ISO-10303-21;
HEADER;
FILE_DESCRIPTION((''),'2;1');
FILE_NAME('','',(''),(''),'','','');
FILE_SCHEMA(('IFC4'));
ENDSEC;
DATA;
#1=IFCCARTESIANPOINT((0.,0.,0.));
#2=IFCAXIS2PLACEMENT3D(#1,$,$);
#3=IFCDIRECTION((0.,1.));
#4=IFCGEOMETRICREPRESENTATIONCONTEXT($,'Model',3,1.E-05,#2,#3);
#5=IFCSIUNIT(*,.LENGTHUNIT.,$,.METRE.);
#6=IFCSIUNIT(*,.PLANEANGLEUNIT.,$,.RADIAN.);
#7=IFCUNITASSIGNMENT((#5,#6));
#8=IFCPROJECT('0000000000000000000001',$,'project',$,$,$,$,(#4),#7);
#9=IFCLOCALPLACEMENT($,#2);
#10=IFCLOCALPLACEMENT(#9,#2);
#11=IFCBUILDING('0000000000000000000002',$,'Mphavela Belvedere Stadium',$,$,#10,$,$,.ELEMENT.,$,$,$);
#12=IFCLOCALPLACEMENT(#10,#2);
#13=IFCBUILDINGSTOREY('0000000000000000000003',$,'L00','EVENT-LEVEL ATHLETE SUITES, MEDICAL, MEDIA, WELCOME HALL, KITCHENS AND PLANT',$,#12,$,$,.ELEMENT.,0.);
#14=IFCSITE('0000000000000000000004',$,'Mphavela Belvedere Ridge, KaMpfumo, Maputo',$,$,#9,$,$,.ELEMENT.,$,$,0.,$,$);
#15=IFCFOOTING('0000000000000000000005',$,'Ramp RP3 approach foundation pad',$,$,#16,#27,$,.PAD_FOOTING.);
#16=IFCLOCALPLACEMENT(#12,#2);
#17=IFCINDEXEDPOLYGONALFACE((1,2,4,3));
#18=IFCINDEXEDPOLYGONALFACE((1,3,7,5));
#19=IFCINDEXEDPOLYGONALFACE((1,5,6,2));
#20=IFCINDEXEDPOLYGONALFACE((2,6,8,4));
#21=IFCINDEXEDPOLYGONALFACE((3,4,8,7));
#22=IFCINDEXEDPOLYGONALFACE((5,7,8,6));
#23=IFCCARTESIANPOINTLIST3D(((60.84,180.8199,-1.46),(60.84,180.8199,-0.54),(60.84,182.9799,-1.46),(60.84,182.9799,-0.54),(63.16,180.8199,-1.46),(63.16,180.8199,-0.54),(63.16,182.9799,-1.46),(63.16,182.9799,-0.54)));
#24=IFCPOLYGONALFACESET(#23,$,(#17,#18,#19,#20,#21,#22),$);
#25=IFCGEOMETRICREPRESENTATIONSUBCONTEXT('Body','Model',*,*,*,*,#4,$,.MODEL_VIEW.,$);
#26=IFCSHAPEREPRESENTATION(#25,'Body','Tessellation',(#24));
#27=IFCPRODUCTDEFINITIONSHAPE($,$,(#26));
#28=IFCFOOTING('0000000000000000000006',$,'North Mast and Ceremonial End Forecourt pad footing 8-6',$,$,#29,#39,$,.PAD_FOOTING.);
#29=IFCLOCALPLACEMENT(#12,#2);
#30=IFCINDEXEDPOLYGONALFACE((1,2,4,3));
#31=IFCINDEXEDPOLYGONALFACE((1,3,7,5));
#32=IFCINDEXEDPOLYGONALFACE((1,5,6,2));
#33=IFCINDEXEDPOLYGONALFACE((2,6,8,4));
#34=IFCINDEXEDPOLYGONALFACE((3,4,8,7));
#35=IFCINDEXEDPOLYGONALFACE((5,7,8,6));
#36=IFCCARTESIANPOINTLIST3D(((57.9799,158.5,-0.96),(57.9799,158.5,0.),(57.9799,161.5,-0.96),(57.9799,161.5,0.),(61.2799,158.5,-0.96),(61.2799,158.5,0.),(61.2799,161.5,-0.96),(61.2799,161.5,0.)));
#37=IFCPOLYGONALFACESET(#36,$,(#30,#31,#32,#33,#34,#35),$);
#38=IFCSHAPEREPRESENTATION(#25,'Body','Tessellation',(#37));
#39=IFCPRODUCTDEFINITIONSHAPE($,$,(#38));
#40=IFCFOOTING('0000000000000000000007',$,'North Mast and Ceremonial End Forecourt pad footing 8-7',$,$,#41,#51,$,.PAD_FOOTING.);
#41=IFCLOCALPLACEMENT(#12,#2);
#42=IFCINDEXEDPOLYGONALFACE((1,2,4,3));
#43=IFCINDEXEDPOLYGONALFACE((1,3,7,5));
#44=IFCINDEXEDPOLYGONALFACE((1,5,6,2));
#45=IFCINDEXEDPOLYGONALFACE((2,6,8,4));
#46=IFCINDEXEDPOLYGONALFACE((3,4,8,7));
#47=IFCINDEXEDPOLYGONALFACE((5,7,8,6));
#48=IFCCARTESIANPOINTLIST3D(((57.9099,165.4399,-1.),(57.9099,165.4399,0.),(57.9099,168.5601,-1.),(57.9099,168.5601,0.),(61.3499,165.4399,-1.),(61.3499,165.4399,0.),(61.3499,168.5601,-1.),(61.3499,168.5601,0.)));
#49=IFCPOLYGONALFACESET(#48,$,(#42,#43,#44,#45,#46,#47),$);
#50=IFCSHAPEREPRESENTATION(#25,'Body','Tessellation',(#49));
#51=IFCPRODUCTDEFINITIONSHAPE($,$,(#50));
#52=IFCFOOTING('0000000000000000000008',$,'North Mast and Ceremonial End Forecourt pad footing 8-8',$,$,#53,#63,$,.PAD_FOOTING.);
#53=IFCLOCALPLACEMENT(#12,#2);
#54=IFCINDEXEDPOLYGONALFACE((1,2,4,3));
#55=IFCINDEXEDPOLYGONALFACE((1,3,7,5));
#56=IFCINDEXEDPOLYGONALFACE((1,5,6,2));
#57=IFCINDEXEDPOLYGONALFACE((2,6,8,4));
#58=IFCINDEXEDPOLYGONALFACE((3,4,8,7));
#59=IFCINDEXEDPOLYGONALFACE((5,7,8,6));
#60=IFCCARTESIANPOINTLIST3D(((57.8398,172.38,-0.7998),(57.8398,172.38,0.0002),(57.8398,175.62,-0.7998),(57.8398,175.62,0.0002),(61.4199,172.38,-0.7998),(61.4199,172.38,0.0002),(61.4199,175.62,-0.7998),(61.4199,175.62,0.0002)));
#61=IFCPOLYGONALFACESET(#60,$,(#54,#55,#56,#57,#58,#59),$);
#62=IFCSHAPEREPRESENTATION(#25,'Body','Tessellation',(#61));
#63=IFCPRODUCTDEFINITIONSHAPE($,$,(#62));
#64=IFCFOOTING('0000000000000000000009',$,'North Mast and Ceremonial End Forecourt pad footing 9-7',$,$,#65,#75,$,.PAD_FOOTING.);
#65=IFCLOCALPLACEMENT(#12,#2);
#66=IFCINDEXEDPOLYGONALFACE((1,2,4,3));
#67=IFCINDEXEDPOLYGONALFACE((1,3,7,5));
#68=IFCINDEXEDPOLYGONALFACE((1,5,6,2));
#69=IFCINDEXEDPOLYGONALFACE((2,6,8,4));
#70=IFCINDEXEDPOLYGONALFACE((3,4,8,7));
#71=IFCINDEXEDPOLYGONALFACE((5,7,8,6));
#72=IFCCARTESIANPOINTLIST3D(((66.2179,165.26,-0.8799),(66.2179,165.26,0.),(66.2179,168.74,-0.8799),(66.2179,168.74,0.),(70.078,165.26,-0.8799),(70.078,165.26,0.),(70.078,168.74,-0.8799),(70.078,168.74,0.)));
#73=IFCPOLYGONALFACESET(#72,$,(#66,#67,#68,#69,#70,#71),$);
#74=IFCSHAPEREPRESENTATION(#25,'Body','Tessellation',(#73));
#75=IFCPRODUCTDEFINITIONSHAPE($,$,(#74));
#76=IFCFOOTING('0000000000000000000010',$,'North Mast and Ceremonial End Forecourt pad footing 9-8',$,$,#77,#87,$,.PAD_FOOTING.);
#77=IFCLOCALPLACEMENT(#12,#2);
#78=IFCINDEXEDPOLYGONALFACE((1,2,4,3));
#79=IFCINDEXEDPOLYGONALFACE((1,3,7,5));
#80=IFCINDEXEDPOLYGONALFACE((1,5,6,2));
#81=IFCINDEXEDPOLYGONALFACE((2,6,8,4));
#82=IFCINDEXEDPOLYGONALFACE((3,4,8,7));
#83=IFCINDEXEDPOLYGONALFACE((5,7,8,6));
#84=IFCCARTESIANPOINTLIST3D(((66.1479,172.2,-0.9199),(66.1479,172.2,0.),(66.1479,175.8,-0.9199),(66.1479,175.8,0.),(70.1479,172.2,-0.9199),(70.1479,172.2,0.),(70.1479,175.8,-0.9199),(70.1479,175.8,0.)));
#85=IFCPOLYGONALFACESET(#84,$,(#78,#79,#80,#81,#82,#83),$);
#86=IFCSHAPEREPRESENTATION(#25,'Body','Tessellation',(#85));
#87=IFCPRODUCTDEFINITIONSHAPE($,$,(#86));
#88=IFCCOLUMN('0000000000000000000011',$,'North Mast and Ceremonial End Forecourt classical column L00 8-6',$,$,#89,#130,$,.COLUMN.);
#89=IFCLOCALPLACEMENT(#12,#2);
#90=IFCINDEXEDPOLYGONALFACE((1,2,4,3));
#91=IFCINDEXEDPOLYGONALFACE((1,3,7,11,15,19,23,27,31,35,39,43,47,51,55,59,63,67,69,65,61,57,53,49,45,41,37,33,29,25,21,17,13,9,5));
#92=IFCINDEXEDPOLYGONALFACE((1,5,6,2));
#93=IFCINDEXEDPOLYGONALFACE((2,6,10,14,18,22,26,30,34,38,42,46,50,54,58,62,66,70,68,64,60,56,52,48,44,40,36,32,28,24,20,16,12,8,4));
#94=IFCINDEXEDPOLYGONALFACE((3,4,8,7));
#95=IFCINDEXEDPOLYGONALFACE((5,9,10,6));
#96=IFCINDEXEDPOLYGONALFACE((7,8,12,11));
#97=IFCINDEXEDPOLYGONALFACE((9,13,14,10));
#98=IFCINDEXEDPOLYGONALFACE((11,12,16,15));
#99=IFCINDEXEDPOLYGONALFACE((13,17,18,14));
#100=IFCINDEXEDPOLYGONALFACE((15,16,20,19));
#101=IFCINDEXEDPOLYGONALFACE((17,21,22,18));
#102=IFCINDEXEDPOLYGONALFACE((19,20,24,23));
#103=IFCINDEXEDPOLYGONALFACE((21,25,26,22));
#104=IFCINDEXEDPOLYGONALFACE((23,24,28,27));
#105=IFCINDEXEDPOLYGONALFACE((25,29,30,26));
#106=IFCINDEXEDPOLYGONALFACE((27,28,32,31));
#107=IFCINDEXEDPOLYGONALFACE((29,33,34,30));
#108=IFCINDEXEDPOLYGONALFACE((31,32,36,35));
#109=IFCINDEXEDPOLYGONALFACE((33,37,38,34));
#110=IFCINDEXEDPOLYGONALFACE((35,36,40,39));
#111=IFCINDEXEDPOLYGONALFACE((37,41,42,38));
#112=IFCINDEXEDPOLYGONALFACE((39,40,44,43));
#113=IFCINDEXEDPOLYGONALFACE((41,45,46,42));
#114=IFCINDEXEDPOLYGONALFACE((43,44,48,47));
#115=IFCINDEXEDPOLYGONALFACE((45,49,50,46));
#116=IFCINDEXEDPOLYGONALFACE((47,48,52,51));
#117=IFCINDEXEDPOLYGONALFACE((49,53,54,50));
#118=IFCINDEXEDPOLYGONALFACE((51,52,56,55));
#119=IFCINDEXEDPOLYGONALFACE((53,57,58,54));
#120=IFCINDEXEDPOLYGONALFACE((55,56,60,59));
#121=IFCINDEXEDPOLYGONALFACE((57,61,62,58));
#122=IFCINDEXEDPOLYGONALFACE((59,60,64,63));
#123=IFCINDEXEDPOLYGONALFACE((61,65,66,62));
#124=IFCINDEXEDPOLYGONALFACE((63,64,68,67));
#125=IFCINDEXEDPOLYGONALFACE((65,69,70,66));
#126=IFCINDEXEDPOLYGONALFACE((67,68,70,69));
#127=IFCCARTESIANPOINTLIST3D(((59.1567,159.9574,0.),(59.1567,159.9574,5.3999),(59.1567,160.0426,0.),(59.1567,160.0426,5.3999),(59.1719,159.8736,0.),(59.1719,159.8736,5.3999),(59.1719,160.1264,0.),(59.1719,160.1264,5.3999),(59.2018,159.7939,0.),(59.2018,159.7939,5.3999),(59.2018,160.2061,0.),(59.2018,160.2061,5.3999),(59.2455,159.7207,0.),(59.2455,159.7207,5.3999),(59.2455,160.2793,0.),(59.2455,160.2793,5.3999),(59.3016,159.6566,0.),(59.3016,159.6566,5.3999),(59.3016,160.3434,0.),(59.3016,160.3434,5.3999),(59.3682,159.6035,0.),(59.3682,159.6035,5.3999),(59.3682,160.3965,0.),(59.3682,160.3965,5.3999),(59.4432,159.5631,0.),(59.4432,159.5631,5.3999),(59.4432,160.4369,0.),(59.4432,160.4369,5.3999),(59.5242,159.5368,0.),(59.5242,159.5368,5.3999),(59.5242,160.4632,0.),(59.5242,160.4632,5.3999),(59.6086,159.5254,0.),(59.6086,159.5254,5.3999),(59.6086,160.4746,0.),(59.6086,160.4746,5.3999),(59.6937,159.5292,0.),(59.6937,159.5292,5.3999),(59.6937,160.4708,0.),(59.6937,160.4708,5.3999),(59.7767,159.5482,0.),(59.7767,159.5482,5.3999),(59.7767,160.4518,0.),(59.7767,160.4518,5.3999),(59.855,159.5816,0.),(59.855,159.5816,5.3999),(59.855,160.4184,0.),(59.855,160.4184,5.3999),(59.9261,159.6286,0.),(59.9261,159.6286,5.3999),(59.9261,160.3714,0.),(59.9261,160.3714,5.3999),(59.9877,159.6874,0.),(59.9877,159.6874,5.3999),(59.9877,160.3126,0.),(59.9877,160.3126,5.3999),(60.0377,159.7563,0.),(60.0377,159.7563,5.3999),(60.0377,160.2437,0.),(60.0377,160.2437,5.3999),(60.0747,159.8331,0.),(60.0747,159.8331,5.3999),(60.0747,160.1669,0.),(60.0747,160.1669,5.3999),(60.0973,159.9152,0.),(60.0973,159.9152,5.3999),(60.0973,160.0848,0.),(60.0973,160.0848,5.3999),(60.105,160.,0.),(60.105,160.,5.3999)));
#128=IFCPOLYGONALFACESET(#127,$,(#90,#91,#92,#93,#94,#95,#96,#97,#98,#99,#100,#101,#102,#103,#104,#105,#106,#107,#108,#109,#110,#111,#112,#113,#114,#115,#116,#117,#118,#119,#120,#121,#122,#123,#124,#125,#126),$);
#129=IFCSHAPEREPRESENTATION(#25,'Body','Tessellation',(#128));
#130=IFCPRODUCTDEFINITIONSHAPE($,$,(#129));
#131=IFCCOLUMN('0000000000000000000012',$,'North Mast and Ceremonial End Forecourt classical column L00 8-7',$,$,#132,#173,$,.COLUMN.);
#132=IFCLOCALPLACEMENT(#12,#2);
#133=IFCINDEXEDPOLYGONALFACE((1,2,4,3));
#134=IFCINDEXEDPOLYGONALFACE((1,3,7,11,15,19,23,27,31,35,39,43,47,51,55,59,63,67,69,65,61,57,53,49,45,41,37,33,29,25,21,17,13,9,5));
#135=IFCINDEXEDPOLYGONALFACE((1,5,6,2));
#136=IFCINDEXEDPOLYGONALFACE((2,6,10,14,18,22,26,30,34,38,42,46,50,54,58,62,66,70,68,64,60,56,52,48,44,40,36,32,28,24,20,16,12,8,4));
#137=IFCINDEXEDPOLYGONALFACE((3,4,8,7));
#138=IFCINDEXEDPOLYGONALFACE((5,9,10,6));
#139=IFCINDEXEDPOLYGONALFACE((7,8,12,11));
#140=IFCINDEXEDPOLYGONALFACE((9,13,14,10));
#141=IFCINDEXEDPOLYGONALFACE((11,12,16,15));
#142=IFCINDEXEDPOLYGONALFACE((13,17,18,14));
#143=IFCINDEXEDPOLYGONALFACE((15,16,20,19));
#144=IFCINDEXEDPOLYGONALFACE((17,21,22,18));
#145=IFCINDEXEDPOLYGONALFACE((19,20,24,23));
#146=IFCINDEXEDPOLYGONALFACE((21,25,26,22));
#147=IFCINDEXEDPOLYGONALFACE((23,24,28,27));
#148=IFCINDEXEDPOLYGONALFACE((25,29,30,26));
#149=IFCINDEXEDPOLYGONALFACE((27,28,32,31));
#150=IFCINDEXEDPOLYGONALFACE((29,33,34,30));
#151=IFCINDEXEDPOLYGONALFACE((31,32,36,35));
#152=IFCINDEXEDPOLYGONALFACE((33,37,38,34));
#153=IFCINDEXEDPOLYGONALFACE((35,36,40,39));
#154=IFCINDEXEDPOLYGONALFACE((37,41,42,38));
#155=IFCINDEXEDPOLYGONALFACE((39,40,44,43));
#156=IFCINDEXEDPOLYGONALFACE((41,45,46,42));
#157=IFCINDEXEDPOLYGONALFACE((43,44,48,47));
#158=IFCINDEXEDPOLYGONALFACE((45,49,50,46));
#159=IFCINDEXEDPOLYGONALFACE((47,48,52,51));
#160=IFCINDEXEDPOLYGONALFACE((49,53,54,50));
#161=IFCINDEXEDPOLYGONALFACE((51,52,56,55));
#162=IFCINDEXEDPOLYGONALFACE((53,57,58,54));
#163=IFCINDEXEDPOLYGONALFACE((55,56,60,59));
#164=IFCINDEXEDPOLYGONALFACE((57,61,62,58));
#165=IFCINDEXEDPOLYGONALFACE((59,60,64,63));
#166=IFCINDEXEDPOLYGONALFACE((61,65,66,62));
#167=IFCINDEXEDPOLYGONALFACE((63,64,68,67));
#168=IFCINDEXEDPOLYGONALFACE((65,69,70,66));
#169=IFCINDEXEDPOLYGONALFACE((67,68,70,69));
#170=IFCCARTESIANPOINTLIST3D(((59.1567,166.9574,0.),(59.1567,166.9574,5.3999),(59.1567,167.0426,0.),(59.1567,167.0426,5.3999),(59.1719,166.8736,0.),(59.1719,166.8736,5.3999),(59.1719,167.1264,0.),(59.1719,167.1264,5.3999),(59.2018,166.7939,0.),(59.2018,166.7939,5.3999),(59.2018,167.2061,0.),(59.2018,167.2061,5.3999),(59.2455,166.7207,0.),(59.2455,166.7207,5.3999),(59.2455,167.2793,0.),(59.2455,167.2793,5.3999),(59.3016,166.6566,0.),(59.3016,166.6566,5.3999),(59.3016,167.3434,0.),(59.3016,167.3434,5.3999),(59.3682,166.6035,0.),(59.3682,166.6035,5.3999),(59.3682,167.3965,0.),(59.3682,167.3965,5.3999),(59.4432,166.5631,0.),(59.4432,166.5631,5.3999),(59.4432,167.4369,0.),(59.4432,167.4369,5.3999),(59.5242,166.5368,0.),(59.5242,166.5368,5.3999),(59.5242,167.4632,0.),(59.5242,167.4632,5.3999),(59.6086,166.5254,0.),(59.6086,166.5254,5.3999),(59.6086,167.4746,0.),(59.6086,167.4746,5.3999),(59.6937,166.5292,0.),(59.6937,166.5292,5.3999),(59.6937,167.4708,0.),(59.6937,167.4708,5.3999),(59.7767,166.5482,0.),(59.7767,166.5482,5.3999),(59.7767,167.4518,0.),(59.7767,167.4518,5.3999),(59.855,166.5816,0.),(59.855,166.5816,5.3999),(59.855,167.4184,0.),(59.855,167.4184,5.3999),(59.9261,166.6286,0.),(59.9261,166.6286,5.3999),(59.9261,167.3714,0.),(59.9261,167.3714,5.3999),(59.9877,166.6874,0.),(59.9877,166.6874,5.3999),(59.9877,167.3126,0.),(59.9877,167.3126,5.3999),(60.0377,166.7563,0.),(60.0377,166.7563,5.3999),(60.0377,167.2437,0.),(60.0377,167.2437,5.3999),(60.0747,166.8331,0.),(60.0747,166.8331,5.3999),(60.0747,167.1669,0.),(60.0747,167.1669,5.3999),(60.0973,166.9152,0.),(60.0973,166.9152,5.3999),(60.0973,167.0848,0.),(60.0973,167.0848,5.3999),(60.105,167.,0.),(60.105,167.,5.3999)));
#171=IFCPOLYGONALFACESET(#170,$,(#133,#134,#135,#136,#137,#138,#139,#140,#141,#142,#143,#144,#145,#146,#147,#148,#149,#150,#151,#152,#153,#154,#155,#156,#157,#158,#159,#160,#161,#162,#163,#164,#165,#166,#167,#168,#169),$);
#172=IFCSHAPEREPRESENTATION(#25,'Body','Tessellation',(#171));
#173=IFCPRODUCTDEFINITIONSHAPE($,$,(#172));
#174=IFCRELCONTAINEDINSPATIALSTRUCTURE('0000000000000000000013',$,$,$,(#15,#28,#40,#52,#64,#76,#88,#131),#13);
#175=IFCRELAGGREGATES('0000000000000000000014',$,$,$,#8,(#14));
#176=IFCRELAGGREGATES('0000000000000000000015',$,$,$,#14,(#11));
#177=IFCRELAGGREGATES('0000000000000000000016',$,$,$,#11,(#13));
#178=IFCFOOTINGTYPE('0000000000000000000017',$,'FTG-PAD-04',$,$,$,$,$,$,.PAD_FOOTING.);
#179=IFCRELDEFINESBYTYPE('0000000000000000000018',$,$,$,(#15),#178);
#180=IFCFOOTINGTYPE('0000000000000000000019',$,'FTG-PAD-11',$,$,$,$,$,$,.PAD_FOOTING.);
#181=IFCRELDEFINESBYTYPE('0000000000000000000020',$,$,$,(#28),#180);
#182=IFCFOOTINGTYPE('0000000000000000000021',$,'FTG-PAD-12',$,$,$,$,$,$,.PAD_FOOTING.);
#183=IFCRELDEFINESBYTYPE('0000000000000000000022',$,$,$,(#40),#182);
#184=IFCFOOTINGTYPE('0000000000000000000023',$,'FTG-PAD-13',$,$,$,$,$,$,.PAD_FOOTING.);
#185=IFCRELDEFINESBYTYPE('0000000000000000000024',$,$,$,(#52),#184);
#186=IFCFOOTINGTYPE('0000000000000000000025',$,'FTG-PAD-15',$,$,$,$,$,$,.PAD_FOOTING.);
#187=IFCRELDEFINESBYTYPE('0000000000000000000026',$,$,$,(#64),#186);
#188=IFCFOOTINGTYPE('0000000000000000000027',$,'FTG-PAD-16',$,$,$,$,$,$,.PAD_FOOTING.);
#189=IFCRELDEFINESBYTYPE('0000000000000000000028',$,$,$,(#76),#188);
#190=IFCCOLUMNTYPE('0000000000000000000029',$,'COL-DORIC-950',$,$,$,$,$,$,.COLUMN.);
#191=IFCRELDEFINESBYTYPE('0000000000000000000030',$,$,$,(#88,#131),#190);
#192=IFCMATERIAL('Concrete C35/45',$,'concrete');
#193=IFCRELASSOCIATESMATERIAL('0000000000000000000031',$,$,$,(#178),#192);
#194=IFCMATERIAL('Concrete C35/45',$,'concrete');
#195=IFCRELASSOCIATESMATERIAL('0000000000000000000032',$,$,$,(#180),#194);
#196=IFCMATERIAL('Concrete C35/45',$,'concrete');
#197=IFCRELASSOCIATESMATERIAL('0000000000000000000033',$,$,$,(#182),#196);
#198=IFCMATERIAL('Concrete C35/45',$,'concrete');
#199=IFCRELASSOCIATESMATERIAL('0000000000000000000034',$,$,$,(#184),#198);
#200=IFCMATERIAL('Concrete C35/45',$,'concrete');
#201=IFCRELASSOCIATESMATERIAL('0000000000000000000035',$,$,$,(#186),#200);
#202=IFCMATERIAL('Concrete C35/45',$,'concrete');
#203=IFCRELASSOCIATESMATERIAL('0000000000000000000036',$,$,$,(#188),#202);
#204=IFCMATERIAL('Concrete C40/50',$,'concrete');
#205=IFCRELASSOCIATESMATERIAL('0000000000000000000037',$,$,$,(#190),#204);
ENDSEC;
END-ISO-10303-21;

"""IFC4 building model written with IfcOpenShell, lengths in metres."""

from ifc_helpers import new_model, si_unit, direction, frame, origin, origin_2d, place, context, subcontext, project, spatial, rectangle, circle, extrude, material, material_profile, profile_set, type_object, element, save


model = new_model("IFC4")

# Units and contexts
model_context = context("Model", 3, precision=1e-05, world=origin(), true_north=direction((0.0, 1.0)))
body_context = subcontext(model_context, "Body", "Model", "MODEL_VIEW")
ifc_project = project(units=[si_unit("LENGTHUNIT", "METRE"), si_unit("PLANEANGLEUNIT", "RADIAN")], contexts=[model_context])

# Site, building, storey
site_placement = place(None, origin())
site = spatial("IfcSite", under=ifc_project, at=site_placement, Name="Mphavela Belvedere Ridge, KaMpfumo, Maputo", CompositionType="ELEMENT", RefElevation=0.0)
building_placement = place(site_placement, origin())
building = spatial("IfcBuilding", under=site, at=building_placement, Name="Mphavela Belvedere Stadium", CompositionType="ELEMENT")
storey_placement = place(building_placement, origin())
storey = spatial("IfcBuildingStorey", under=building, at=storey_placement, Name="L00", Description="EVENT-LEVEL ATHLETE SUITES, MEDICAL, MEDIA, WELCOME HALL, KITCHENS AND PLANT", CompositionType="ELEMENT", Elevation=0.0)

# Footings
ifc_material_1 = material(Name="Concrete C35/45", Category="concrete")
footing_type_1 = type_object("IfcFootingType", Name="FTG-PAD-04", PredefinedType="PAD_FOOTING", material=ifc_material_1)
footing_1_placement = place(storey_placement, frame((62.0, 181.8999, -1.46), z_axis=(0.0, 0.0, 1.0), x_axis=(1.0, 0.0, 0.0)))
element("IfcFooting", 1, at=footing_1_placement, inside=storey, type_object=footing_type_1, Name="Ramp RP3 approach foundation pad", PredefinedType="PAD_FOOTING", context=body_context, shape_type="SweptSolid", body=[
    extrude(rectangle(XDim=2.3201, YDim=2.1599, at=origin_2d()), origin(), (0.0, 0.0, 1.0), 0.9199),
])
ifc_material_2 = material(Name="Concrete C35/45", Category="concrete")
footing_type_2 = type_object("IfcFootingType", Name="FTG-PAD-11", PredefinedType="PAD_FOOTING", material=ifc_material_2)
footing_2_placement = place(storey_placement, frame((59.6299, 160.0, -0.96), z_axis=(0.0, 0.0, 1.0), x_axis=(1.0, 0.0, 0.0)))
element("IfcFooting", 2, at=footing_2_placement, inside=storey, type_object=footing_type_2, Name="North Mast and Ceremonial End Forecourt pad footing 8-6", PredefinedType="PAD_FOOTING", context=body_context, shape_type="SweptSolid", body=[
    extrude(rectangle(XDim=3.3, YDim=3.0, at=origin_2d()), origin(), (0.0, 0.0, 1.0), 0.96),
])
ifc_material_3 = material(Name="Concrete C35/45", Category="concrete")
footing_type_3 = type_object("IfcFootingType", Name="FTG-PAD-12", PredefinedType="PAD_FOOTING", material=ifc_material_3)
footing_3_placement = place(storey_placement, frame((59.6299, 167.0, -1.0), z_axis=(0.0, 0.0, 1.0), x_axis=(1.0, 0.0, 0.0)))
element("IfcFooting", 3, at=footing_3_placement, inside=storey, type_object=footing_type_3, Name="North Mast and Ceremonial End Forecourt pad footing 8-7", PredefinedType="PAD_FOOTING", context=body_context, shape_type="SweptSolid", body=[
    extrude(rectangle(XDim=3.4399, YDim=3.1201, at=origin_2d()), origin(), (0.0, 0.0, 1.0), 1.0),
])
ifc_material_4 = material(Name="Concrete C35/45", Category="concrete")
footing_type_4 = type_object("IfcFootingType", Name="FTG-PAD-13", PredefinedType="PAD_FOOTING", material=ifc_material_4)
footing_4_placement = place(storey_placement, frame((59.6299, 174.0, -0.7998), z_axis=(0.0, 0.0, 1.0), x_axis=(1.0, 0.0, 0.0)))
element("IfcFooting", 4, at=footing_4_placement, inside=storey, type_object=footing_type_4, Name="North Mast and Ceremonial End Forecourt pad footing 8-8", PredefinedType="PAD_FOOTING", context=body_context, shape_type="SweptSolid", body=[
    extrude(rectangle(XDim=3.5801, YDim=3.24, at=origin_2d()), origin(), (0.0, 0.0, 1.0), 0.8),
])
ifc_material_5 = material(Name="Concrete C35/45", Category="concrete")
footing_type_5 = type_object("IfcFootingType", Name="FTG-PAD-15", PredefinedType="PAD_FOOTING", material=ifc_material_5)
footing_5_placement = place(storey_placement, frame((68.1479, 167.0, -0.8799), z_axis=(0.0, 0.0, 1.0), x_axis=(1.0, 0.0, 0.0)))
element("IfcFooting", 5, at=footing_5_placement, inside=storey, type_object=footing_type_5, Name="North Mast and Ceremonial End Forecourt pad footing 9-7", PredefinedType="PAD_FOOTING", context=body_context, shape_type="SweptSolid", body=[
    extrude(rectangle(XDim=3.8601, YDim=3.48, at=origin_2d()), origin(), (0.0, 0.0, 1.0), 0.8799),
])
ifc_material_6 = material(Name="Concrete C35/45", Category="concrete")
footing_type_6 = type_object("IfcFootingType", Name="FTG-PAD-16", PredefinedType="PAD_FOOTING", material=ifc_material_6)
footing_6_placement = place(storey_placement, frame((68.1479, 174.0, -0.9199), z_axis=(0.0, 0.0, 1.0), x_axis=(1.0, 0.0, 0.0)))
element("IfcFooting", 6, at=footing_6_placement, inside=storey, type_object=footing_type_6, Name="North Mast and Ceremonial End Forecourt pad footing 9-8", PredefinedType="PAD_FOOTING", context=body_context, shape_type="SweptSolid", body=[
    extrude(rectangle(XDim=4.0, YDim=3.6001, at=origin_2d()), origin(), (0.0, 0.0, 1.0), 0.9199),
])

# Columns
ifc_material_7 = material(Name="Concrete C40/50", Category="concrete")
ifc_material_profile_1 = material_profile(ifc_material_7, circle(Radius=0.4751, at=origin_2d()), Name="COL D950")
ifc_profile_set_1 = profile_set([ifc_material_profile_1], Name="Concrete C40/50")
column_type = type_object("IfcColumnType", Name="COL-DORIC-950", PredefinedType="COLUMN", material=ifc_profile_set_1)
for number, where, z_axis, x_axis, name in (
    (7, (59.6299, 160.0, 0.0), (0.0, 0.0, 1.0), (1.0, 0.0, 0.0), "North Mast and Ceremonial End Forecourt classical column L00 8-6"),
    (8, (59.6299, 167.0, 0.0), (0.0, 0.0, 1.0), (1.0, 0.0, 0.0), "North Mast and Ceremonial End Forecourt classical column L00 8-7"),
):
    element("IfcColumn", number, at=place(storey_placement, frame(where, z_axis=z_axis, x_axis=x_axis)), inside=storey, type_object=column_type, Name=name, PredefinedType="COLUMN", context=body_context, shape_type="SweptSolid", body=[
        extrude(circle(Radius=0.4751, at=origin_2d()), origin(), (0.0, 0.0, 1.0), 5.3999),
    ])

save(model, "model.ifc")
